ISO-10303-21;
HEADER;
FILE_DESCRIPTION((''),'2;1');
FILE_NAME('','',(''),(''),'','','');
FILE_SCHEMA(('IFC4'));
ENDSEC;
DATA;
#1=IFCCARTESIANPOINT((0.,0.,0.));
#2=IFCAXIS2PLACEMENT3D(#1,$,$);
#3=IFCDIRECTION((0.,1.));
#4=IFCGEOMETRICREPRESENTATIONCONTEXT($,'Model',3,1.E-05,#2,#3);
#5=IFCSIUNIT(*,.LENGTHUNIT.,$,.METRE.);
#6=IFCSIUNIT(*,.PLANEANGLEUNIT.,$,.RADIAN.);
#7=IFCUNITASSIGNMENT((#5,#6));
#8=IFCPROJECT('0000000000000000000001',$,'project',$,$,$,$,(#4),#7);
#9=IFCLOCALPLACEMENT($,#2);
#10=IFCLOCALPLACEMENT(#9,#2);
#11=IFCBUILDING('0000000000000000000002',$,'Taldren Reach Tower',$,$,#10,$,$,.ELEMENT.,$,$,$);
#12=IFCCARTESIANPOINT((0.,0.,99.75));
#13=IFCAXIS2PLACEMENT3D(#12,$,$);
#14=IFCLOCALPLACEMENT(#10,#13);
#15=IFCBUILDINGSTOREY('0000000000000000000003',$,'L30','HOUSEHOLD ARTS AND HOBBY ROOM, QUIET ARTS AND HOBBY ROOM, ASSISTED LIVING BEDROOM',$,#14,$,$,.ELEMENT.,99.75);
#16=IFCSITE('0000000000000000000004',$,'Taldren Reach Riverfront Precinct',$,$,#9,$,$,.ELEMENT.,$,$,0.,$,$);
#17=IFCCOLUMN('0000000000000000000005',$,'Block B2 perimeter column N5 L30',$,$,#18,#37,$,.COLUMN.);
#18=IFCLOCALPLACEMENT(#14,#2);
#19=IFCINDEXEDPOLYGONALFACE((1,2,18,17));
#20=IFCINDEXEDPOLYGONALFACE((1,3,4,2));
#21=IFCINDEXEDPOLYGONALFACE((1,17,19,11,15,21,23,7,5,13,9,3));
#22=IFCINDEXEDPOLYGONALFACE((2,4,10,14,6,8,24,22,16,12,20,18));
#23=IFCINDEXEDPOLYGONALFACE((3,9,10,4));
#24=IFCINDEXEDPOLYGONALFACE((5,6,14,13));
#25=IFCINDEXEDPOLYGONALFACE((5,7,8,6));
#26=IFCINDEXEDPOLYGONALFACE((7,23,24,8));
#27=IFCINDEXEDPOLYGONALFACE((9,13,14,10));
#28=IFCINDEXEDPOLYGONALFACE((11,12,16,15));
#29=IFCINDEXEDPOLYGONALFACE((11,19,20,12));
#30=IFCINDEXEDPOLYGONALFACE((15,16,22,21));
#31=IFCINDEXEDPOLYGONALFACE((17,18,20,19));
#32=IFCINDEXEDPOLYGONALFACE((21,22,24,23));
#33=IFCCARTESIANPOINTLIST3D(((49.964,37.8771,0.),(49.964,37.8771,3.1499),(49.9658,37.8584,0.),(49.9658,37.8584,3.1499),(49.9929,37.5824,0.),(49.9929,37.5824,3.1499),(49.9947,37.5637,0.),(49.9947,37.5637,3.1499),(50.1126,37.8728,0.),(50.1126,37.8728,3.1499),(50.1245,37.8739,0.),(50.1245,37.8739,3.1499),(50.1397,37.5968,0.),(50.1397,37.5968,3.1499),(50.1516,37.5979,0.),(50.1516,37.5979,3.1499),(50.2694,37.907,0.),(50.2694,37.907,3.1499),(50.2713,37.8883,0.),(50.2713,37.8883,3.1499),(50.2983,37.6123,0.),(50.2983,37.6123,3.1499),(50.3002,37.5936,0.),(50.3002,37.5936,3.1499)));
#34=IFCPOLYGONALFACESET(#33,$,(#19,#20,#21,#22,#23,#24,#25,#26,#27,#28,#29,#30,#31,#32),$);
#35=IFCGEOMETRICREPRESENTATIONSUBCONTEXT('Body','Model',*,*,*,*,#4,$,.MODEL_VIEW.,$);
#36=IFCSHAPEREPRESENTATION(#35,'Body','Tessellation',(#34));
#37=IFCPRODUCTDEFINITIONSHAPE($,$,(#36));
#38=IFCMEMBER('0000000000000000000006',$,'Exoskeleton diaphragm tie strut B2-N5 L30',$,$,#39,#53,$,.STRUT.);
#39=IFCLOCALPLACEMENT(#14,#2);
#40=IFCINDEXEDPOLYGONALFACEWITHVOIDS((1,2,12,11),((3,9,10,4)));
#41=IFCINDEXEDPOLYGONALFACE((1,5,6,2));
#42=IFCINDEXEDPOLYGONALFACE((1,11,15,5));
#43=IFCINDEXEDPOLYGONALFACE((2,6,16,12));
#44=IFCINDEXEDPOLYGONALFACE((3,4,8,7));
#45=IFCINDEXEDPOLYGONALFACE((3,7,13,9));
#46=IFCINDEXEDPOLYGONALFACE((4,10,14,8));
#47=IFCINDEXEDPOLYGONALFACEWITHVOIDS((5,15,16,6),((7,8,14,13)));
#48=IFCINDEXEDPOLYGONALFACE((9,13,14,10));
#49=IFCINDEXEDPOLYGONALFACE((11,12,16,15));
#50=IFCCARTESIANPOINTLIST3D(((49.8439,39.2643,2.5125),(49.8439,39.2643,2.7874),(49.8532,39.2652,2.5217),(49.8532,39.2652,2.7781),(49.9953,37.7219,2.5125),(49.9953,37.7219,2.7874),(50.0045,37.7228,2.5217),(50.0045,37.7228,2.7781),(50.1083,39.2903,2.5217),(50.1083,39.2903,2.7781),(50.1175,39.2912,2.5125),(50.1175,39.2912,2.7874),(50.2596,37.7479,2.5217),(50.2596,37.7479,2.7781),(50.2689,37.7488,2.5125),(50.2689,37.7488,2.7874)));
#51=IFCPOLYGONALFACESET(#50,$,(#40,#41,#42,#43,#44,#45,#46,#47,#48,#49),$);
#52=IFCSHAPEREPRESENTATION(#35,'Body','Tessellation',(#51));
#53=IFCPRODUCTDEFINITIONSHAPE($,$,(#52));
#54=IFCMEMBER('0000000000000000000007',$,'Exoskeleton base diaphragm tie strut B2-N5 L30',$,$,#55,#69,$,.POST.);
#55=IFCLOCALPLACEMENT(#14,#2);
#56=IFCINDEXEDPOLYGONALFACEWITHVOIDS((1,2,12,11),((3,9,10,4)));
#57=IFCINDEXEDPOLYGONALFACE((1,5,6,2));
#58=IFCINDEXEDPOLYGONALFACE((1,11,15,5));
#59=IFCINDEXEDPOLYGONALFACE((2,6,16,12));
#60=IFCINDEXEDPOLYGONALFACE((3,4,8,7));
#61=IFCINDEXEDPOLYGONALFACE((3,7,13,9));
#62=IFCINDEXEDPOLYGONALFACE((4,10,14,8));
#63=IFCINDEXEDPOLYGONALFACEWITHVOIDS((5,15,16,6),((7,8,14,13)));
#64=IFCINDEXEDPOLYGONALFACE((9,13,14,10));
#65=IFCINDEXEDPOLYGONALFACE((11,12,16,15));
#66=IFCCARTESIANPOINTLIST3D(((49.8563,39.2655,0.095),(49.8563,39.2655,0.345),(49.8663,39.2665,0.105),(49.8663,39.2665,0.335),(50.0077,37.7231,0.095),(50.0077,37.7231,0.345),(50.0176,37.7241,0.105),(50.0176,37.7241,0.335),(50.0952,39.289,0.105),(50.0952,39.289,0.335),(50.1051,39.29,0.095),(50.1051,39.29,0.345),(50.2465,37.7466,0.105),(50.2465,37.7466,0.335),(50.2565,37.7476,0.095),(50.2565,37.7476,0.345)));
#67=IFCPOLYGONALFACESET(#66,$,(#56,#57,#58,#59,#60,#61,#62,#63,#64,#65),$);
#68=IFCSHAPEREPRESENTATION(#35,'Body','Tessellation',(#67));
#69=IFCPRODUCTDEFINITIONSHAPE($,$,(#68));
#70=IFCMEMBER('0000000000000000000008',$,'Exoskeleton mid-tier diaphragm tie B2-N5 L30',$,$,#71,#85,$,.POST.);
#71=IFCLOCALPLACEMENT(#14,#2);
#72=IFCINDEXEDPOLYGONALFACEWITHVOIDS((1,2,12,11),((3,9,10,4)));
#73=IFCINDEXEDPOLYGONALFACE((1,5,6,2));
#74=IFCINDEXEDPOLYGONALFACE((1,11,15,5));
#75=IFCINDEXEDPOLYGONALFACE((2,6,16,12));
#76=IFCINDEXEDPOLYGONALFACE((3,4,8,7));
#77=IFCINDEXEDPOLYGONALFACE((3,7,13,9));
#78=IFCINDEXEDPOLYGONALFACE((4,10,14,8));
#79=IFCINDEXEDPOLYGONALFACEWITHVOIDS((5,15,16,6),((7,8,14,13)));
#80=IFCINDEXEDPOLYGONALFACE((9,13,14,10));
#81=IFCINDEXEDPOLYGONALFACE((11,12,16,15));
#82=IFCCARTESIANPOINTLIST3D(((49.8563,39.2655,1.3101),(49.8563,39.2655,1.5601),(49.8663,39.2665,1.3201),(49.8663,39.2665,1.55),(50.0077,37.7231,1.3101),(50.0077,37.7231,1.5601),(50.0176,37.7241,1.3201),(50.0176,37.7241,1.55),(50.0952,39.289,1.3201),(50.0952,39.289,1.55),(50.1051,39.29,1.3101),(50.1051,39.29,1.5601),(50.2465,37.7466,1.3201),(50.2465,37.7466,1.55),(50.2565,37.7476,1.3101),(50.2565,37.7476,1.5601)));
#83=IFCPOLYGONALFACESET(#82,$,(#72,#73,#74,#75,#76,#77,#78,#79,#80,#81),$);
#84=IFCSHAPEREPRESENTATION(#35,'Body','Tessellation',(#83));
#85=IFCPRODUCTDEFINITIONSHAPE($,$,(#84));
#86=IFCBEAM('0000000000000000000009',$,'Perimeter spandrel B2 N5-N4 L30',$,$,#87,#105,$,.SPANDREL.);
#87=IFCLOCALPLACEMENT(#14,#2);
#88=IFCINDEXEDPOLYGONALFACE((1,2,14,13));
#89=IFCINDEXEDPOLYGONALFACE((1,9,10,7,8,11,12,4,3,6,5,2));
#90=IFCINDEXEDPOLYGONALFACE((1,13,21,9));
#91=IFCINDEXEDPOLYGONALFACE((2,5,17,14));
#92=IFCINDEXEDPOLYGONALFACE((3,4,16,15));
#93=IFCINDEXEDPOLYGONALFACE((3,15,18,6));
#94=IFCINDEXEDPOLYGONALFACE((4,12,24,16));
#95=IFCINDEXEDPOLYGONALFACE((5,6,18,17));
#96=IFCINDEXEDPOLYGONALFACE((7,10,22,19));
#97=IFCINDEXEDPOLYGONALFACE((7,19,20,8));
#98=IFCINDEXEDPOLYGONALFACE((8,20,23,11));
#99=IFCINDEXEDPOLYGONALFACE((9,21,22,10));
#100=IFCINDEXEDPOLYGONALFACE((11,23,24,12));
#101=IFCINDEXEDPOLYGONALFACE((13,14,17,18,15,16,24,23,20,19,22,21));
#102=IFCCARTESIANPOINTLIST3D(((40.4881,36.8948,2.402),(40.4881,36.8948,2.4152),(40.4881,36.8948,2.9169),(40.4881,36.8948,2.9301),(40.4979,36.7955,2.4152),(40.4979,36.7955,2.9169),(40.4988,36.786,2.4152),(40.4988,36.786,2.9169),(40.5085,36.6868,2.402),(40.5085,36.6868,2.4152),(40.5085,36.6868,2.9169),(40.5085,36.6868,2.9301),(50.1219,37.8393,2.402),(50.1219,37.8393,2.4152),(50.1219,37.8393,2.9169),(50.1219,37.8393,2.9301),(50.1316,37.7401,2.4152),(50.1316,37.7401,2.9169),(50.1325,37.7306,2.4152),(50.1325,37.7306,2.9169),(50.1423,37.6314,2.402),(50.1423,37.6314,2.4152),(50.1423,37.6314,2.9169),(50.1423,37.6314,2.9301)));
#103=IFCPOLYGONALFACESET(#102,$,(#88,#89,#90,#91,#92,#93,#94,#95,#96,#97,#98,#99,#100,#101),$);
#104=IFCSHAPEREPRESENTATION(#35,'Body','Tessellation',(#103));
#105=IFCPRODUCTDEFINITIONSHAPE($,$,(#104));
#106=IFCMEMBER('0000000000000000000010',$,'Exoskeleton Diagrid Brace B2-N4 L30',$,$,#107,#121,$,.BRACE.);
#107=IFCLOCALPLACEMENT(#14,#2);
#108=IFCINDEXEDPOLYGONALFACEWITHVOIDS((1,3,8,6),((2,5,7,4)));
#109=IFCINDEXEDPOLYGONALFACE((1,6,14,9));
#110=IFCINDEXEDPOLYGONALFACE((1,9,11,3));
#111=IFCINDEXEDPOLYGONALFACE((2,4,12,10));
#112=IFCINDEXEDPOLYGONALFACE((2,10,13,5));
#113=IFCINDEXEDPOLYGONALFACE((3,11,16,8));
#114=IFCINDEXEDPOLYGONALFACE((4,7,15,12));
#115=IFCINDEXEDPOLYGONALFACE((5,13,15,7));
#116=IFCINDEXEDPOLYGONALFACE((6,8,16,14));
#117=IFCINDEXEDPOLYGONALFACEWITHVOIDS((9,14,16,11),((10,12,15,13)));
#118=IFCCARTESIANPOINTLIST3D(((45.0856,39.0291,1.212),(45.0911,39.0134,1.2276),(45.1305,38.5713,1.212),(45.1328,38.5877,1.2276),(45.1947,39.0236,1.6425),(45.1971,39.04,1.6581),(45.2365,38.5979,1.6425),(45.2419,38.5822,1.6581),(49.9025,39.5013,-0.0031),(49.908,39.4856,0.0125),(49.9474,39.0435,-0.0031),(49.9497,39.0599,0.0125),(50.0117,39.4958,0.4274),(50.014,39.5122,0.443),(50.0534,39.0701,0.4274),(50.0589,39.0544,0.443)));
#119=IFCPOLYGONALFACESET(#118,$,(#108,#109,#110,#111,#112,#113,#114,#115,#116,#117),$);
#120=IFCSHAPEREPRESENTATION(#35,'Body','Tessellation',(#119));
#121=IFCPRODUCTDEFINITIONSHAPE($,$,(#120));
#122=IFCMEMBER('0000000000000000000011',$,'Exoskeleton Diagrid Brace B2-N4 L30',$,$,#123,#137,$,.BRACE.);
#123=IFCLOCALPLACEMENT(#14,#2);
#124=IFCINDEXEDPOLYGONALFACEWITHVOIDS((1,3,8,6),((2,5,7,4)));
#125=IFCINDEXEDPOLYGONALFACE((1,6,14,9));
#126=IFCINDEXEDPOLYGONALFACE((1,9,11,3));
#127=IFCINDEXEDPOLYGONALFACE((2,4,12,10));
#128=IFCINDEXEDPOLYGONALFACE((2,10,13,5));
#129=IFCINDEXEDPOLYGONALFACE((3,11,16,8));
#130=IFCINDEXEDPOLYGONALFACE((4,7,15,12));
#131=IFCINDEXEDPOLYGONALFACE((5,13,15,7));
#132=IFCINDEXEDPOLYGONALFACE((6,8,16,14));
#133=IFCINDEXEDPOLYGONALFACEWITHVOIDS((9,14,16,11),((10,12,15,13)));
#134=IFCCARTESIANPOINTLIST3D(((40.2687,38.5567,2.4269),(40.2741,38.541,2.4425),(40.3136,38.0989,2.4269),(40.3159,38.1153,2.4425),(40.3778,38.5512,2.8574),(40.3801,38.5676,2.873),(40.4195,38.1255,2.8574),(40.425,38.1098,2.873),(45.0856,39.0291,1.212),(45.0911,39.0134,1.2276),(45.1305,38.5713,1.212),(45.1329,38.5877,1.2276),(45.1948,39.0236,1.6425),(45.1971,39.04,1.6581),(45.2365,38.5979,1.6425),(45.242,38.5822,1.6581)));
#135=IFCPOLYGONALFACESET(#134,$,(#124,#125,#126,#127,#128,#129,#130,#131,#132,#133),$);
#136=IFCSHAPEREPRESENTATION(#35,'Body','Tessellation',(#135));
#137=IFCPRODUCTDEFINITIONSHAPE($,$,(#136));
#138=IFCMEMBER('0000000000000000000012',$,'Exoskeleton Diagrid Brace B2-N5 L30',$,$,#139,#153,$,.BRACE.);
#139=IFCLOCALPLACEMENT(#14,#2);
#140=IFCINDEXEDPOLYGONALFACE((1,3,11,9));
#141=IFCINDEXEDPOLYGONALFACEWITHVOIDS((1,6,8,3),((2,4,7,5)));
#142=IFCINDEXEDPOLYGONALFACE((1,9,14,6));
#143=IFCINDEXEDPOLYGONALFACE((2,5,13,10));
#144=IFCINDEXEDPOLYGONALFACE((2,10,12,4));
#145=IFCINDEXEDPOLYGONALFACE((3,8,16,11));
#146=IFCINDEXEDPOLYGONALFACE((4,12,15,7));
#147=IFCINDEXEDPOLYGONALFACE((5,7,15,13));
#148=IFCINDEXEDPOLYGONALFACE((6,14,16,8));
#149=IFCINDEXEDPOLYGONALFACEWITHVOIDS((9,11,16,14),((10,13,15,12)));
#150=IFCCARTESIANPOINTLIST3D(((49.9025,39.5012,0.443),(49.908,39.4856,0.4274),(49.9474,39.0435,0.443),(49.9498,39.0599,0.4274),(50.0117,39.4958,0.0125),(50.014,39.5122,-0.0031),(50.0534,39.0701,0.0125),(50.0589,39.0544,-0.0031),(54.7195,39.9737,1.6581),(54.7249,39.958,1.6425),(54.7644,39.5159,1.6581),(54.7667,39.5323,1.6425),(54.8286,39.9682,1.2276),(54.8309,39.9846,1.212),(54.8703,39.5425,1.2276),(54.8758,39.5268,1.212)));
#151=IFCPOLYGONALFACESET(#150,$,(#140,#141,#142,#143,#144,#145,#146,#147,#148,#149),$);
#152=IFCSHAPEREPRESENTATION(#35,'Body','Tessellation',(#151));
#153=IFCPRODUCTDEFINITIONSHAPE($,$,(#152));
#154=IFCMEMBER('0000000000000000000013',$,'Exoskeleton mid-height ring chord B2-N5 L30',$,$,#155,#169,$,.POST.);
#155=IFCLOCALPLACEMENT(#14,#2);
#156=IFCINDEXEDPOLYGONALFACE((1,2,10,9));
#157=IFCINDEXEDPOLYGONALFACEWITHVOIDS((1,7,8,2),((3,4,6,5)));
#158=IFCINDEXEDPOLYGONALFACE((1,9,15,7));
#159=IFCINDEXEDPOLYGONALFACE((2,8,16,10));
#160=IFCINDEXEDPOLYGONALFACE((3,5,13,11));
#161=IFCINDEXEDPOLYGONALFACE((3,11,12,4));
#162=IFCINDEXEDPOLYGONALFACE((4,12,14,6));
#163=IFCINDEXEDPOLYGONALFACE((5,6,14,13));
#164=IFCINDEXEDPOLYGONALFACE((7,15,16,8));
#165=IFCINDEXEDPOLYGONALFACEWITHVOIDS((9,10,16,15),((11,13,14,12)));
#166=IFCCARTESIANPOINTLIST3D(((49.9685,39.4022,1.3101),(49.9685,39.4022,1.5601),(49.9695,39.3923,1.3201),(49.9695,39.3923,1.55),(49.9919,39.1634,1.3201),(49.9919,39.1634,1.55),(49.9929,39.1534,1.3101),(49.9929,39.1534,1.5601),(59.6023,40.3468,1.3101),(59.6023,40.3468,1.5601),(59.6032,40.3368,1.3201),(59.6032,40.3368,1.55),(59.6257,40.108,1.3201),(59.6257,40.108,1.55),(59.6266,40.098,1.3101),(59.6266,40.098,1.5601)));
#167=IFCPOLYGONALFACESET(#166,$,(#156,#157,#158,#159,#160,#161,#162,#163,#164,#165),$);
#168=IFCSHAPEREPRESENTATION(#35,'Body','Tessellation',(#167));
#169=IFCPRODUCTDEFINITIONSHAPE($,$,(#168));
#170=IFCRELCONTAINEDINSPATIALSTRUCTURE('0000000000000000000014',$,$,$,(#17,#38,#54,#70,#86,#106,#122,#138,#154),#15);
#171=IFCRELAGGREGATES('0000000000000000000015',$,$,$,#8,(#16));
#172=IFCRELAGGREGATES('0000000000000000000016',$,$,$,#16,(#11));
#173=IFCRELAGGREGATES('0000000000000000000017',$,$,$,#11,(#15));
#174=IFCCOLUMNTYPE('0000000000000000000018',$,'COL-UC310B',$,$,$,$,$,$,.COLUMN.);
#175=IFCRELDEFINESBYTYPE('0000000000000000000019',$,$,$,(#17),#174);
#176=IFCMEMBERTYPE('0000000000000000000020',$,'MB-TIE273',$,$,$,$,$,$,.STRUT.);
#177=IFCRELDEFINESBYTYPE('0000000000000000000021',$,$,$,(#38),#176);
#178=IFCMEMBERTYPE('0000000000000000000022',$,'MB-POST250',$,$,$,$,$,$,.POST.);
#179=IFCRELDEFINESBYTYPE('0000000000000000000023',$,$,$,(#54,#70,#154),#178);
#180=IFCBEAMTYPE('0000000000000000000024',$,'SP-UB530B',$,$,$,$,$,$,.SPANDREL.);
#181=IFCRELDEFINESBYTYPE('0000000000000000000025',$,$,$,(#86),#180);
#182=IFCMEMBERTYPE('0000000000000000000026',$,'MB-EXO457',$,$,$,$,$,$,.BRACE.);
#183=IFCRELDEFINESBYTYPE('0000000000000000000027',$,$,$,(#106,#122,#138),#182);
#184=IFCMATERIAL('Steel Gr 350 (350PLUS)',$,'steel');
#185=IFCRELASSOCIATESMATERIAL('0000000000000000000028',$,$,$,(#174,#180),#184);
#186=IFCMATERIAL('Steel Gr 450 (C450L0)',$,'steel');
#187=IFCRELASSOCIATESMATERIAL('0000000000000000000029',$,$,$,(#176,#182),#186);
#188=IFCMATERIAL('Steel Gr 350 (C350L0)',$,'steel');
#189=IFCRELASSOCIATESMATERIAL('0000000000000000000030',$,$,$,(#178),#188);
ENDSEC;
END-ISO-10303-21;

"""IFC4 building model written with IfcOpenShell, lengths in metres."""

from ifc_helpers import new_model, si_unit, direction, frame, origin, origin_2d, place, context, subcontext, project, spatial, hollow_rectangle, i_section, extrude, source, transform, mapped, material, material_profile, profile_set, type_object, element, save


model = new_model("IFC4")

# Units and contexts
model_context = context("Model", 3, precision=1e-05, world=origin(), true_north=direction((0.0, 1.0)))
body_context = subcontext(model_context, "Body", "Model", "MODEL_VIEW")
ifc_project = project(units=[si_unit("LENGTHUNIT", "METRE"), si_unit("PLANEANGLEUNIT", "RADIAN")], contexts=[model_context])

# Site, building, storey
site_placement = place(None, origin())
site = spatial("IfcSite", under=ifc_project, at=site_placement, Name="Taldren Reach Riverfront Precinct", CompositionType="ELEMENT", RefElevation=0.0)
building_placement = place(site_placement, origin())
building = spatial("IfcBuilding", under=site, at=building_placement, Name="Taldren Reach Tower", CompositionType="ELEMENT")
storey_placement = place(building_placement, frame((0.0, 0.0, 99.75)))
storey = spatial("IfcBuildingStorey", under=building, at=storey_placement, Name="L30", Description="HOUSEHOLD ARTS AND HOBBY ROOM, QUIET ARTS AND HOBBY ROOM, ASSISTED LIVING BEDROOM", CompositionType="ELEMENT", Elevation=99.75)

# Column
ifc_material_1 = material(Name="Steel Gr 350 (350PLUS)", Category="steel")
ifc_material_profile_1 = material_profile(ifc_material_1, i_section(OverallWidth=0.3069, OverallDepth=0.3149, WebThickness=0.012, FlangeThickness=0.0188, at=origin_2d()), Name="310UC118")
ifc_profile_set_1 = profile_set([ifc_material_profile_1], Name="Steel Gr 350 (350PLUS)")
column_type = type_object("IfcColumnType", Name="COL-UC310B", PredefinedType="COLUMN", material=ifc_profile_set_1)
shared_shape_1 = source(origin(), body_context, "Body", "SweptSolid", [
    extrude(i_section(OverallWidth=0.3069, OverallDepth=0.3149, WebThickness=0.012, FlangeThickness=0.0188, at=origin_2d()), origin(), (0.0, 0.0, 1.0), 3.1499),
])
column_placement = place(storey_placement, frame((50.1321, 37.7354, 0.0), z_axis=(0.0, 0.0, 1.0), x_axis=(0.995227, 0.097583, 0.0)))
element("IfcColumn", 1, at=column_placement, inside=storey, type_object=column_type, Name="Block B2 perimeter column N5 L30", PredefinedType="COLUMN", context=body_context, shape_type="MappedRepresentation", body=[
    mapped(shared_shape_1, transform((0.0, 0.0, 0.0), scale=1.0)),
])

# Members
ifc_material_2 = material(Name="Steel Gr 450 (C450L0)", Category="steel")
ifc_material_profile_2 = material_profile(ifc_material_2, hollow_rectangle(XDim=0.2749, YDim=0.2749, WallThickness=0.0093, at=origin_2d()), Name="275x275x9.3SHS")
ifc_profile_set_2 = profile_set([ifc_material_profile_2], Name="Steel Gr 450 (C450L0)")
member_type_1 = type_object("IfcMemberType", Name="MB-TIE273", PredefinedType="STRUT", material=ifc_profile_set_2)
shared_shape_2 = source(origin(), body_context, "Body", "SweptSolid", [
    extrude(hollow_rectangle(XDim=0.2749, YDim=0.2749, WallThickness=0.0093, at=origin_2d()), origin(), (0.0, 0.0, 1.0), 1.5498),
])
member_1_placement = place(storey_placement, frame((50.1321, 37.7354, 2.6499), z_axis=(-0.097663, 0.99522, 0.0), x_axis=(-0.99522, -0.097663, 0.0)))
element("IfcMember", 2, at=member_1_placement, inside=storey, type_object=member_type_1, Name="Exoskeleton diaphragm tie strut B2-N5 L30", PredefinedType="STRUT", context=body_context, shape_type="MappedRepresentation", body=[
    mapped(shared_shape_2, transform((0.0, 0.0, 0.0), scale=1.0)),
])
ifc_material_3 = material(Name="Steel Gr 350 (C350L0)", Category="steel")
ifc_material_profile_3 = material_profile(ifc_material_3, hollow_rectangle(XDim=0.25, YDim=0.25, WallThickness=0.01, at=origin_2d()), Name="250x250x10.0SHS")
ifc_profile_set_3 = profile_set([ifc_material_profile_3], Name="Steel Gr 350 (C350L0)")
member_type_2 = type_object("IfcMemberType", Name="MB-POST250", PredefinedType="POST", material=ifc_profile_set_3)
shared_shape_3 = source(origin(), body_context, "Body", "SweptSolid", [
    extrude(hollow_rectangle(XDim=0.25, YDim=0.25, WallThickness=0.01, at=origin_2d()), origin(), (0.0, 0.0, 1.0), 1.5498),
])
for number, where, z_axis, x_axis, name in (
    (3, (50.1321, 37.7354, 0.22), (-0.097663, 0.99522, 0.0), (-0.99522, -0.097663, 0.0), "Exoskeleton base diaphragm tie strut B2-N5 L30"),
    (4, (50.1321, 37.7354, 1.4351), (-0.097663, 0.99522, 0.0), (-0.99522, -0.097663, 0.0), "Exoskeleton mid-tier diaphragm tie B2-N5 L30"),
):
    element("IfcMember", number, at=place(storey_placement, frame(where, z_axis=z_axis, x_axis=x_axis)), inside=storey, type_object=member_type_2, Name=name, PredefinedType="POST", context=body_context, shape_type="MappedRepresentation", body=[
        mapped(shared_shape_3, transform((0.0, 0.0, 0.0), scale=1.0)),
    ])

# Beam
ifc_material_profile_4 = material_profile(ifc_material_1, i_section(OverallWidth=0.209, OverallDepth=0.5281, WebThickness=0.0095, FlangeThickness=0.0132, at=origin_2d()), Name="530UB82.0")
ifc_profile_set_4 = profile_set([ifc_material_profile_4], Name="Steel Gr 350 (350PLUS)")
beam_type = type_object("IfcBeamType", Name="SP-UB530B", PredefinedType="SPANDREL", material=ifc_profile_set_4)
shared_shape_4 = source(origin(), body_context, "Body", "SweptSolid", [
    extrude(i_section(OverallWidth=0.209, OverallDepth=0.5281, WebThickness=0.0095, FlangeThickness=0.0132, at=origin_2d()), origin(), (0.0, 0.0, 1.0), 9.6799),
])
beam_placement = place(storey_placement, frame((50.1321, 37.7354, 2.666), z_axis=(-0.995228, -0.097581, 0.0), x_axis=(0.097581, -0.995228, 0.0)))
element("IfcBeam", 5, at=beam_placement, inside=storey, type_object=beam_type, Name="Perimeter spandrel B2 N5-N4 L30", PredefinedType="SPANDREL", context=body_context, shape_type="MappedRepresentation", body=[
    mapped(shared_shape_4, transform((0.0, 0.0, 0.0), scale=1.0)),
])

# Members
ifc_material_profile_5 = material_profile(ifc_material_2, hollow_rectangle(XDim=0.46, YDim=0.46, WallThickness=0.0161, at=origin_2d()), Name="460x460x16.0SHS")
ifc_profile_set_5 = profile_set([ifc_material_profile_5], Name="Steel Gr 450 (C450L0)")
member_type_3 = type_object("IfcMemberType", Name="MB-EXO457", PredefinedType="BRACE", material=ifc_profile_set_5)
shared_shape_5 = source(origin(), body_context, "Body", "SweptSolid", [
    extrude(hollow_rectangle(XDim=0.46, YDim=0.46, WallThickness=0.0161, at=origin_2d()), origin(), (0.0, 0.0, 1.0), 4.9902),
])
for number, where, z_axis, x_axis, name in (
    (6, (49.9807, 39.2778, 0.22), (-0.965276, -0.09462, 0.243496), (0.097556, -0.99523, 0.0), "Exoskeleton Diagrid Brace B2-N4 L30"),
    (7, (45.1638, 38.8057, 1.4351), (-0.965283, -0.094669, 0.243449), (0.097606, -0.995225, 0.0), "Exoskeleton Diagrid Brace B2-N4 L30"),
    (8, (49.9807, 39.2778, 0.22), (0.965271, 0.094668, 0.243495), (-0.097606, 0.995225, 0.0), "Exoskeleton Diagrid Brace B2-N5 L30"),
):
    element("IfcMember", number, at=place(storey_placement, frame(where, z_axis=z_axis, x_axis=x_axis)), inside=storey, type_object=member_type_3, Name=name, PredefinedType="BRACE", context=body_context, shape_type="MappedRepresentation", body=[
        mapped(shared_shape_5, transform((0.0, 0.0, 0.0), scale=1.0)),
    ])
shared_shape_6 = source(origin(), body_context, "Body", "SweptSolid", [
    extrude(hollow_rectangle(XDim=0.25, YDim=0.25, WallThickness=0.01, at=origin_2d()), origin(), (0.0, 0.0, 1.0), 9.6799),
])
member_2_placement = place(storey_placement, frame((49.9807, 39.2778, 1.4351), z_axis=(0.995228, 0.097581, 0.0), x_axis=(-0.097581, 0.995228, 0.0)))
element("IfcMember", 9, at=member_2_placement, inside=storey, type_object=member_type_2, Name="Exoskeleton mid-height ring chord B2-N5 L30", PredefinedType="POST", context=body_context, shape_type="MappedRepresentation", body=[
    mapped(shared_shape_6, transform((0.0, 0.0, 0.0), scale=1.0)),
])

save(model, "model.ifc")
